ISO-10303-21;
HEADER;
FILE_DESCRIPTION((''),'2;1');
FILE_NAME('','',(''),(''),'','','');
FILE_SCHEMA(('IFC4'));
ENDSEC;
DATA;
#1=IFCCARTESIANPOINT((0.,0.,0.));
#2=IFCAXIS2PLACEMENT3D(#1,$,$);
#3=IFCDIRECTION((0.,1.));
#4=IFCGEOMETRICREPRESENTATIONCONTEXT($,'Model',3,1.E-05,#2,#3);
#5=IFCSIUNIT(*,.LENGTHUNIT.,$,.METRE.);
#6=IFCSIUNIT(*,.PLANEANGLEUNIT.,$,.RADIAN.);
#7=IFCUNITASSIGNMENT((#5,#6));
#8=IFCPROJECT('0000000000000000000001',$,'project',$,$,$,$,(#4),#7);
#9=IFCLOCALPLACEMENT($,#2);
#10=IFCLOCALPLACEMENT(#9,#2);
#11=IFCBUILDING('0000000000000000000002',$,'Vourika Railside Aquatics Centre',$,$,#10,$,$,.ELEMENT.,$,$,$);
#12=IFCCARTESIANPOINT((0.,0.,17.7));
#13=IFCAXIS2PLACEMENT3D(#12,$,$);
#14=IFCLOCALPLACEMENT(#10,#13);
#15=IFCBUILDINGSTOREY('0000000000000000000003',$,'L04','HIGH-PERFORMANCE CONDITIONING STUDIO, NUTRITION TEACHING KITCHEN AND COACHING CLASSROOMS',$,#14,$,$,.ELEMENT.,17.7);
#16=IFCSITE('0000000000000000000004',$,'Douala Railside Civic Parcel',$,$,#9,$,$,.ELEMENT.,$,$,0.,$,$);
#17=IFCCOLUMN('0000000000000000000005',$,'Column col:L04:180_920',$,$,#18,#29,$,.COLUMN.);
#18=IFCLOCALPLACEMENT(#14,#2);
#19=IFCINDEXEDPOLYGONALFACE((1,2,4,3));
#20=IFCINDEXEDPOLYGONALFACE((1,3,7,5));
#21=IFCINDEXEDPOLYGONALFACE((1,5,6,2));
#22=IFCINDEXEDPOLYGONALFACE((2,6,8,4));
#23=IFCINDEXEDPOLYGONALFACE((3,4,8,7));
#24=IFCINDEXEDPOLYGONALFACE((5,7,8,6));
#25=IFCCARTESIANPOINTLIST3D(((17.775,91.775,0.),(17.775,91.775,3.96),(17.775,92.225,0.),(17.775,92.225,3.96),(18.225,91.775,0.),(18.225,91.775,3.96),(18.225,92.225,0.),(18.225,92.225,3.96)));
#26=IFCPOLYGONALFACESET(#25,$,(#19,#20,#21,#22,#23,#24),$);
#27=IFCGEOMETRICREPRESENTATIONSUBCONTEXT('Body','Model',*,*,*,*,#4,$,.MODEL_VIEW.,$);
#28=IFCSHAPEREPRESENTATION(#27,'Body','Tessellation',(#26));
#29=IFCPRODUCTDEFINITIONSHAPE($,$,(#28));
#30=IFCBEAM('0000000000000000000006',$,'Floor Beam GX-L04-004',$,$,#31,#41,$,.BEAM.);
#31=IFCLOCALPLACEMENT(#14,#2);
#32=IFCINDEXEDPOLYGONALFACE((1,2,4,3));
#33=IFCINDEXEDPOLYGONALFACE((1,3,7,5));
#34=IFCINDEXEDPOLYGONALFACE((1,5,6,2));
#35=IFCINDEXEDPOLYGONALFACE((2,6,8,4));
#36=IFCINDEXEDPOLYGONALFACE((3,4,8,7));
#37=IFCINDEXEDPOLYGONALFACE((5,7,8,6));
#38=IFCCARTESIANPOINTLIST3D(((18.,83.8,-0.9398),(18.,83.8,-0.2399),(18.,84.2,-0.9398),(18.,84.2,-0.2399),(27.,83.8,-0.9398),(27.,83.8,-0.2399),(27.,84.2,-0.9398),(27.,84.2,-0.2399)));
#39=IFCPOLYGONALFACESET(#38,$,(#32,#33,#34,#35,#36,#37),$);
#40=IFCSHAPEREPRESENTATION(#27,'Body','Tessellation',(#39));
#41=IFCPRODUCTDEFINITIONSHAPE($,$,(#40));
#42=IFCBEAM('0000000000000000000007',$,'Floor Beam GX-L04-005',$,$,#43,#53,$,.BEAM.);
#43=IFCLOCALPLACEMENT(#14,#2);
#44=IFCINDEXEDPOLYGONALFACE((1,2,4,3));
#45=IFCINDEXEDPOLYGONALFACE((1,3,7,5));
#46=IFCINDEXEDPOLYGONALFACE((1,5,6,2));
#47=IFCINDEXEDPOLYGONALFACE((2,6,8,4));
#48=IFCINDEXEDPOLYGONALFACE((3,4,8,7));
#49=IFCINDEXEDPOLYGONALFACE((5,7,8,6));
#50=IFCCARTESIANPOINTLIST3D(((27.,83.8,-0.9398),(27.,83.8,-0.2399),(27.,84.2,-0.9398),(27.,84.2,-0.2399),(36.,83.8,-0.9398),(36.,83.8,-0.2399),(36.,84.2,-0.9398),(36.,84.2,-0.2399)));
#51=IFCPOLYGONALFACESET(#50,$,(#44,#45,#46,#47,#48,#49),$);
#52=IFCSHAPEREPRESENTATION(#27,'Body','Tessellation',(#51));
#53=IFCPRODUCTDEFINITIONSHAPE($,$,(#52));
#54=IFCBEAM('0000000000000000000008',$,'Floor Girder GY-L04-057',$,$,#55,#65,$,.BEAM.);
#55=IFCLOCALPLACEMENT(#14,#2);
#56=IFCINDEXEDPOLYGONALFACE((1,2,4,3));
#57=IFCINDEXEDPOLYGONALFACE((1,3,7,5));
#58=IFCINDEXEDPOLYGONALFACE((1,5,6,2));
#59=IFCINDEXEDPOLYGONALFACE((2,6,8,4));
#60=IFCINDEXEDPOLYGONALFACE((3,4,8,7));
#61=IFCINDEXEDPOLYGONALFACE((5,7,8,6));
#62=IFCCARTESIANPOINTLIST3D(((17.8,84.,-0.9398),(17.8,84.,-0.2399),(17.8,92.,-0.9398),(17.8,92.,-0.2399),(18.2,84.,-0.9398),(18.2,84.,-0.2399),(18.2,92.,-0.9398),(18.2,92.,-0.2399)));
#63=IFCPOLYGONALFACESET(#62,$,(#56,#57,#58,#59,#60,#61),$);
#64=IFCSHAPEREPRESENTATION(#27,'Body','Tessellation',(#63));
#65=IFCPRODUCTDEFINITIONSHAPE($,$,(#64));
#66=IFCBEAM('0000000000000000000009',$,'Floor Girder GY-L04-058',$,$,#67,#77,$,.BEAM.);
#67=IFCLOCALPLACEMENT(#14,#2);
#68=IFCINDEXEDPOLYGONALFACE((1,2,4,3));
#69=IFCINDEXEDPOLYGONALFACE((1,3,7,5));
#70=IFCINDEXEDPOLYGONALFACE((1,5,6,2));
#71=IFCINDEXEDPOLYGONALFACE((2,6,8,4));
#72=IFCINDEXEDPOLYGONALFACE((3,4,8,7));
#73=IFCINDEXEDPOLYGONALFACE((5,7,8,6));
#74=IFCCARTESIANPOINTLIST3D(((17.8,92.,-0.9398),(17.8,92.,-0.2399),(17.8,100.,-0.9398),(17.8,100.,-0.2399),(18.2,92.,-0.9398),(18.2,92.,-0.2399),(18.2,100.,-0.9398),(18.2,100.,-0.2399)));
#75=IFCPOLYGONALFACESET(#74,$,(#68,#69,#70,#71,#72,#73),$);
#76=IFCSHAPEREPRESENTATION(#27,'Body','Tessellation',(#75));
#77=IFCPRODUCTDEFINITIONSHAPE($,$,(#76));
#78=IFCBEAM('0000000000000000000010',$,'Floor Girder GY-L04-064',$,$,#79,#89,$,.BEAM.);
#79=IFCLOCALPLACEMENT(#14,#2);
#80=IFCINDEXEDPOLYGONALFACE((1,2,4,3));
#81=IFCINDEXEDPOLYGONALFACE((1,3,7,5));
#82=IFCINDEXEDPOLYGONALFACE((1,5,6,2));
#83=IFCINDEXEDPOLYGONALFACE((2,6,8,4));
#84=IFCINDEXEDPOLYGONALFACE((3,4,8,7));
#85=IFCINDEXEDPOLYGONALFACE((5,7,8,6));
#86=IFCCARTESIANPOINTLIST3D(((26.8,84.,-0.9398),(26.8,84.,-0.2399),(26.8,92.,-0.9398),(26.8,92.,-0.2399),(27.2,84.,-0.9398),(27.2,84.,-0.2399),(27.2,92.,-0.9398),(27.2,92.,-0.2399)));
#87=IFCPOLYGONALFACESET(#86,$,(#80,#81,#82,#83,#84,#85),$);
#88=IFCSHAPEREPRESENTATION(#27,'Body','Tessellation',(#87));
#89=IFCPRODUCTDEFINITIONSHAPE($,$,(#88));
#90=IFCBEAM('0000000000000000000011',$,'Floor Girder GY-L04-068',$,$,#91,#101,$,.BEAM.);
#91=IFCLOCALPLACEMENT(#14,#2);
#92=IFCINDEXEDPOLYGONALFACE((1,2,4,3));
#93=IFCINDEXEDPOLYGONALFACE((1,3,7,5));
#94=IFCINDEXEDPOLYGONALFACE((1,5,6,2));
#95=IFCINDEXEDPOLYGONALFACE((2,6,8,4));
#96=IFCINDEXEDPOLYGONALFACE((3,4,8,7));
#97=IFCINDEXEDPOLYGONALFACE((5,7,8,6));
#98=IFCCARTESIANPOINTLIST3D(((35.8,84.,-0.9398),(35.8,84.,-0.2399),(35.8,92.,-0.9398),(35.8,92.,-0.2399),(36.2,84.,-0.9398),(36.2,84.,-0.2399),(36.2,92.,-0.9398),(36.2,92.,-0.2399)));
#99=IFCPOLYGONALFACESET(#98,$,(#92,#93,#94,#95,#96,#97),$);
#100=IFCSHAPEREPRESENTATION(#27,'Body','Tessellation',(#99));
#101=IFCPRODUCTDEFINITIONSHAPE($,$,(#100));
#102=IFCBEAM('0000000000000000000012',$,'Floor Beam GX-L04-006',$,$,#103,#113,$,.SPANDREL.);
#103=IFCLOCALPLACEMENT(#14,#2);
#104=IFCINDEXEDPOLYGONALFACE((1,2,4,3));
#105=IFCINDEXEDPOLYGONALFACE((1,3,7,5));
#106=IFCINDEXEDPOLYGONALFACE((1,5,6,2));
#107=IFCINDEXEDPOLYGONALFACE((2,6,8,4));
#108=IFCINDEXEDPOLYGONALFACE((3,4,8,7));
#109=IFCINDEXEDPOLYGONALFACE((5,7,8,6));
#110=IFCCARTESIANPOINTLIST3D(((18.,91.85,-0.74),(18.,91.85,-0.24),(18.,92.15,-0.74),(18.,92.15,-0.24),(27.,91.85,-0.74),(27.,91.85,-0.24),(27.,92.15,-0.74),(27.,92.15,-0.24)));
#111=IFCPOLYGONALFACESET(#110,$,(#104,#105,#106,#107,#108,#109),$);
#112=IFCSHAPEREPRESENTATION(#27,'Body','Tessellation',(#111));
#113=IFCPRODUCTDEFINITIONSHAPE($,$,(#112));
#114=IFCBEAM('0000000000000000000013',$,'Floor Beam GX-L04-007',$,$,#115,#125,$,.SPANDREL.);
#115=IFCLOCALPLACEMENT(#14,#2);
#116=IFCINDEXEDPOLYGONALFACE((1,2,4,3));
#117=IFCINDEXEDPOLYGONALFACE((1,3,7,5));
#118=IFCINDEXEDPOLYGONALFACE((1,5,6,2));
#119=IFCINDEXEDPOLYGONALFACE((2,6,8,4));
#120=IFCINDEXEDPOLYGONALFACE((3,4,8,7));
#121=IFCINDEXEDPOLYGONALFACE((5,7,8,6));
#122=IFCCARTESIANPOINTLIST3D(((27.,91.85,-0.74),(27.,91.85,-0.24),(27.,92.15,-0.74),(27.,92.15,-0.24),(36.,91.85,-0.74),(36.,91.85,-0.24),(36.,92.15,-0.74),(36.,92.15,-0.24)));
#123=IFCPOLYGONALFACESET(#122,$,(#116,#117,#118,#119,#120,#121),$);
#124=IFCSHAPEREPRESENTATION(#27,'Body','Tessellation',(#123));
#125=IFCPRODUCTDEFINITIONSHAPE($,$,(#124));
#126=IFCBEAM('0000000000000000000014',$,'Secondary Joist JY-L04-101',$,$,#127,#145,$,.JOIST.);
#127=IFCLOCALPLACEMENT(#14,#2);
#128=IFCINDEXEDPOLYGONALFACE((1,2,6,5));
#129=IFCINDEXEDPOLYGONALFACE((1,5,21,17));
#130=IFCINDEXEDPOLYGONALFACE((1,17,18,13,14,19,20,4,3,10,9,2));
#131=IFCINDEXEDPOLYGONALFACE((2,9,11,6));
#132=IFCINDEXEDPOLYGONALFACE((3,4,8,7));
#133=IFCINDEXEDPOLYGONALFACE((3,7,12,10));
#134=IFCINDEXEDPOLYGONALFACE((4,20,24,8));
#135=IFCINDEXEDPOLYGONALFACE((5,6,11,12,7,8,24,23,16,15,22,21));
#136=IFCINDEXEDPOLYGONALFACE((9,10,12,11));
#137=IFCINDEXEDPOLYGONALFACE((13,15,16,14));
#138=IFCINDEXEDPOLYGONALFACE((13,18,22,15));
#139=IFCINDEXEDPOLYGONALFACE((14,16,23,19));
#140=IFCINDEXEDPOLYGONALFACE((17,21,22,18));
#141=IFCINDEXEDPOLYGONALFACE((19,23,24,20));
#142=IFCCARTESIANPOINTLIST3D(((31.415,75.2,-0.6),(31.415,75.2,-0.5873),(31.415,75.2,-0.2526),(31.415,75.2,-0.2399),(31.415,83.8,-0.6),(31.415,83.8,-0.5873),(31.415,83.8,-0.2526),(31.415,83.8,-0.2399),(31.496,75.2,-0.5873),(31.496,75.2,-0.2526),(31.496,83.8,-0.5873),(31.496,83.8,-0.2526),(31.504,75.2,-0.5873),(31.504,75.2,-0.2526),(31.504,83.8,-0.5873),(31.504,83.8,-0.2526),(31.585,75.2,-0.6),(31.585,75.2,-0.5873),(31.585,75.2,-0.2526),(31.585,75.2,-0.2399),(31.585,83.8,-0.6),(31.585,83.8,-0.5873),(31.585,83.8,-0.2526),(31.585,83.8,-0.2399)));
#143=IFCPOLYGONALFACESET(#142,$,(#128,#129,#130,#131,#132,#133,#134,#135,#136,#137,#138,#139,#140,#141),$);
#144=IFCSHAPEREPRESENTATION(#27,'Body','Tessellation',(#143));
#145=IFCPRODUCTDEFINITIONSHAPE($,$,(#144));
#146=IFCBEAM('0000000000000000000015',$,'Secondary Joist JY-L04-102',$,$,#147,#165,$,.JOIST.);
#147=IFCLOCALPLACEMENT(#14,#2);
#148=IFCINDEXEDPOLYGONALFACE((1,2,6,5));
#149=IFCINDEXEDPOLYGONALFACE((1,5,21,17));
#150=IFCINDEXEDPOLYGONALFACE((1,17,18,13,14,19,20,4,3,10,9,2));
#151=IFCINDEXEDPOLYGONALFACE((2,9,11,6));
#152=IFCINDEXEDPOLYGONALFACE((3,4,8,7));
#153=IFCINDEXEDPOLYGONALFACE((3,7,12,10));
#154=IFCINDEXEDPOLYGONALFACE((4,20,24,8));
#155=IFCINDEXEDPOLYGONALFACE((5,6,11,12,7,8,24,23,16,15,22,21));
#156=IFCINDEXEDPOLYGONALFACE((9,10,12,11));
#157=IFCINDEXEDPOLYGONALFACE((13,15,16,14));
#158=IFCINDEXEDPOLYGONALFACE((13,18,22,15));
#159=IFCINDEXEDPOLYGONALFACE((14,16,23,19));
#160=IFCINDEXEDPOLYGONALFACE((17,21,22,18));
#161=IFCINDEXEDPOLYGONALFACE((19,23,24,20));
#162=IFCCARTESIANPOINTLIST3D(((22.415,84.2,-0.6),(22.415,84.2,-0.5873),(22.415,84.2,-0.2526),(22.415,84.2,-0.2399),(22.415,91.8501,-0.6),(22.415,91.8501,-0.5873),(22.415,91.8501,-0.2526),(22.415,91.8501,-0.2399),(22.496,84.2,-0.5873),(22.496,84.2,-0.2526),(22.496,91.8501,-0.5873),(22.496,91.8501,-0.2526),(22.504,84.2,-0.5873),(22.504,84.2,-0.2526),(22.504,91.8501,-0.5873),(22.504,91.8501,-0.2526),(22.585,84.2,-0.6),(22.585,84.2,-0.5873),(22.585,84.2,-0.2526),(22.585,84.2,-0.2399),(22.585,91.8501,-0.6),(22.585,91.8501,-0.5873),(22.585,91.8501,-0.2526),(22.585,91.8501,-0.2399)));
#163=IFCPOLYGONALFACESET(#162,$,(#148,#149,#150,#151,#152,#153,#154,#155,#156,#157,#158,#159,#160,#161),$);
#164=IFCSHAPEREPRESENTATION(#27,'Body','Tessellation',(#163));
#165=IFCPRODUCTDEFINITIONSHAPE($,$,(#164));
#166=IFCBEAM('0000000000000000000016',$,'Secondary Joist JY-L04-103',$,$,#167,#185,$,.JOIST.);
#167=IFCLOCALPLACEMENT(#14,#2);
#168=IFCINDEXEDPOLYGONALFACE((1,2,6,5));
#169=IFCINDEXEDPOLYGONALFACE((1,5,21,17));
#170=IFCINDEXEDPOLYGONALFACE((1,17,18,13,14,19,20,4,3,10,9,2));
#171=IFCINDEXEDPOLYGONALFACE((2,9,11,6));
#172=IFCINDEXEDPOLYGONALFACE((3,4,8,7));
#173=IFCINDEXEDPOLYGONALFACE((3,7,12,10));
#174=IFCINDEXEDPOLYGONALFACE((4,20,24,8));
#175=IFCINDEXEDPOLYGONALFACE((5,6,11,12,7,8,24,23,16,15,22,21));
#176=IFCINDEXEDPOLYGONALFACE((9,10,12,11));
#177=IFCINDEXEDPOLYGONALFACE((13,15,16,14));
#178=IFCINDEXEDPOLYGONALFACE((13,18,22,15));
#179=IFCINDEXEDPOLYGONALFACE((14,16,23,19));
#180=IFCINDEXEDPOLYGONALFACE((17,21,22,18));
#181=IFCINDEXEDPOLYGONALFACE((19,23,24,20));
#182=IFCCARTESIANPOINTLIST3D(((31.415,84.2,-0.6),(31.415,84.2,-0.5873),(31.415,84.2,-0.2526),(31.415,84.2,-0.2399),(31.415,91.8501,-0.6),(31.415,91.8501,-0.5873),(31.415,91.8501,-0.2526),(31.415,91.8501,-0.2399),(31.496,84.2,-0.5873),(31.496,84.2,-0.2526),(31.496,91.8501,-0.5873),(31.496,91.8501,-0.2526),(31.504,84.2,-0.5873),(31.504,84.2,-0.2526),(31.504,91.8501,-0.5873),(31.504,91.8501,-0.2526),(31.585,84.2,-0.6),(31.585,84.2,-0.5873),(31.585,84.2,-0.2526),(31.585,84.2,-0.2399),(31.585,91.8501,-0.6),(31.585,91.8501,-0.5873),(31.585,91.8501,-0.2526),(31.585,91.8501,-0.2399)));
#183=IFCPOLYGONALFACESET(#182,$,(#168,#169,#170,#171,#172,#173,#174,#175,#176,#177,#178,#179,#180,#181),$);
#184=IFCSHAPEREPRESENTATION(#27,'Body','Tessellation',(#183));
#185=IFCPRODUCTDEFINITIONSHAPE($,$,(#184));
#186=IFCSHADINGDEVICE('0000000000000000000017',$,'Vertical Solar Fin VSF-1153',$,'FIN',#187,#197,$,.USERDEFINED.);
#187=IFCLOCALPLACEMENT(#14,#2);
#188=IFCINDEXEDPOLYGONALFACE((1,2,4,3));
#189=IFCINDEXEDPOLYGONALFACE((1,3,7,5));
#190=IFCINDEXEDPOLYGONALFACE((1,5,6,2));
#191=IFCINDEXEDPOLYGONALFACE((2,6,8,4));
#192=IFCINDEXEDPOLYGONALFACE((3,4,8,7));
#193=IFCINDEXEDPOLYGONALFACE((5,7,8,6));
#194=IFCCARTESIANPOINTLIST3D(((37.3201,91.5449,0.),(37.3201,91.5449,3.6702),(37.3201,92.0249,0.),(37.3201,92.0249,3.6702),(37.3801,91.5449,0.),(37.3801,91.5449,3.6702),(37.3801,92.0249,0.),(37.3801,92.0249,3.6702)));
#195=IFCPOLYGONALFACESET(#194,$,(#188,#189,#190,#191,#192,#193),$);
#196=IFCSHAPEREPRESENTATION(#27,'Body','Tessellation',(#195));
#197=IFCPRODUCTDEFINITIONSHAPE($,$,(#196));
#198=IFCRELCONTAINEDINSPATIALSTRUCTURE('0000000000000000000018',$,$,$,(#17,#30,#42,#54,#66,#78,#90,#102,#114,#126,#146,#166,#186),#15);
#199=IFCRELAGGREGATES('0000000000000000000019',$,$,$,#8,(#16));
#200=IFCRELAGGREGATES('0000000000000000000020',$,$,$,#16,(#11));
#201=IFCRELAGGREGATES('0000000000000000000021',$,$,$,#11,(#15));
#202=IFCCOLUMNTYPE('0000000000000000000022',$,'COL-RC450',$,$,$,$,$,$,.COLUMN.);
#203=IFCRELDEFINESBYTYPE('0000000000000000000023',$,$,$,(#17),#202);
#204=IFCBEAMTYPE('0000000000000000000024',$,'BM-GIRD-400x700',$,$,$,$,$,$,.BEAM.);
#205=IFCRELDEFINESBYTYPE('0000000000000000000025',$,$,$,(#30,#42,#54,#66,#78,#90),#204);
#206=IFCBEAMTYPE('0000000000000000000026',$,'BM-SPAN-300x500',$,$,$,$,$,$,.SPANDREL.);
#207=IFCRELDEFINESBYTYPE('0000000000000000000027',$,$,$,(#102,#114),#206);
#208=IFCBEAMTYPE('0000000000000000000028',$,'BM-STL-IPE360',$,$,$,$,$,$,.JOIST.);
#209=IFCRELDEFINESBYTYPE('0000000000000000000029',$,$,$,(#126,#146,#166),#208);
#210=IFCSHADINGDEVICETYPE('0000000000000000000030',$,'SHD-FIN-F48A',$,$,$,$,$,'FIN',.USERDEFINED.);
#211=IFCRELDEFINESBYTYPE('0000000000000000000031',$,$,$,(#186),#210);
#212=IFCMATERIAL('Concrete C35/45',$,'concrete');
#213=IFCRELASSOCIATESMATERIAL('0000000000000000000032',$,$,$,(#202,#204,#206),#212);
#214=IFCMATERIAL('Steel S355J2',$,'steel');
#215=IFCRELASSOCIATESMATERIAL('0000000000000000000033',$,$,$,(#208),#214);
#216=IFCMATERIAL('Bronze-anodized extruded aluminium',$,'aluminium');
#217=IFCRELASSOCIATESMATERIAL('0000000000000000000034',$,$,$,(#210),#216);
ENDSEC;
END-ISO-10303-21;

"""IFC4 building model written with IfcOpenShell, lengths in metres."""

from ifc_helpers import new_model, si_unit, direction, frame, origin, origin_2d, place, context, subcontext, project, spatial, rectangle, i_section, extrude, material, material_profile, profile_set, type_object, element, save


model = new_model("IFC4")

# Units and contexts
model_context = context("Model", 3, precision=1e-05, world=origin(), true_north=direction((0.0, 1.0)))
body_context = subcontext(model_context, "Body", "Model", "MODEL_VIEW")
ifc_project = project(units=[si_unit("LENGTHUNIT", "METRE"), si_unit("PLANEANGLEUNIT", "RADIAN")], contexts=[model_context])

# Site, building, storey
site_placement = place(None, origin())
site = spatial("IfcSite", under=ifc_project, at=site_placement, Name="Douala Railside Civic Parcel", CompositionType="ELEMENT", RefElevation=0.0)
building_placement = place(site_placement, origin())
building = spatial("IfcBuilding", under=site, at=building_placement, Name="Vourika Railside Aquatics Centre", CompositionType="ELEMENT")
storey_placement = place(building_placement, frame((0.0, 0.0, 17.7)))
storey = spatial("IfcBuildingStorey", under=building, at=storey_placement, Name="L04", Description="HIGH-PERFORMANCE CONDITIONING STUDIO, NUTRITION TEACHING KITCHEN AND COACHING CLASSROOMS", CompositionType="ELEMENT", Elevation=17.7)

# Column
ifc_material_1 = material(Name="Concrete C35/45", Category="concrete")
ifc_material_profile_1 = material_profile(ifc_material_1, rectangle(XDim=0.45, YDim=0.45, at=origin_2d()), Name="RC 450x450")
ifc_profile_set_1 = profile_set([ifc_material_profile_1], Name="Concrete C35/45")
column_type = type_object("IfcColumnType", Name="COL-RC450", PredefinedType="COLUMN", material=ifc_profile_set_1)
column_placement = place(storey_placement, frame((18.0, 92.0, 0.0), z_axis=(0.0, 0.0, 1.0), x_axis=(1.0, 0.0, 0.0)))
element("IfcColumn", 1, at=column_placement, inside=storey, type_object=column_type, Name="Column col:L04:180_920", PredefinedType="COLUMN", context=body_context, shape_type="SweptSolid", body=[
    extrude(rectangle(XDim=0.45, YDim=0.45, at=origin_2d()), origin(), (0.0, 0.0, 1.0), 3.96),
])

# Beams
ifc_material_profile_2 = material_profile(ifc_material_1, rectangle(XDim=0.3999, YDim=0.7, at=origin_2d()), Name="RC 400x700")
ifc_profile_set_2 = profile_set([ifc_material_profile_2], Name="Concrete C35/45")
beam_type_1 = type_object("IfcBeamType", Name="BM-GIRD-400x700", PredefinedType="BEAM", material=ifc_profile_set_2)
for number, where, z_axis, x_axis, name in (
    (2, (18.0, 84.0, -0.5898), (1.0, 0.0, 0.0), (0.0, 1.0, 0.0), "Floor Beam GX-L04-004"),
    (3, (27.0, 84.0, -0.5898), (1.0, 0.0, 0.0), (0.0, 1.0, 0.0), "Floor Beam GX-L04-005"),
):
    element("IfcBeam", number, at=place(storey_placement, frame(where, z_axis=z_axis, x_axis=x_axis)), inside=storey, type_object=beam_type_1, Name=name, PredefinedType="BEAM", context=body_context, shape_type="SweptSolid", body=[
        extrude(rectangle(XDim=0.3999, YDim=0.7, at=origin_2d()), origin(), (0.0, 0.0, 1.0), 9.0),
    ])
for number, where, z_axis, x_axis, name in (
    (4, (18.0, 84.0, -0.5898), (0.0, 1.0, 0.0), (-1.0, 0.0, 0.0), "Floor Girder GY-L04-057"),
    (5, (18.0, 92.0, -0.5898), (0.0, 1.0, 0.0), (-1.0, 0.0, 0.0), "Floor Girder GY-L04-058"),
    (6, (27.0, 84.0, -0.5898), (0.0, 1.0, 0.0), (-1.0, 0.0, 0.0), "Floor Girder GY-L04-064"),
    (7, (36.0, 84.0, -0.5898), (0.0, 1.0, 0.0), (-1.0, 0.0, 0.0), "Floor Girder GY-L04-068"),
):
    element("IfcBeam", number, at=place(storey_placement, frame(where, z_axis=z_axis, x_axis=x_axis)), inside=storey, type_object=beam_type_1, Name=name, PredefinedType="BEAM", context=body_context, shape_type="SweptSolid", body=[
        extrude(rectangle(XDim=0.3999, YDim=0.7, at=origin_2d()), origin(), (0.0, 0.0, 1.0), 8.0),
    ])
ifc_material_profile_3 = material_profile(ifc_material_1, rectangle(XDim=0.3, YDim=0.5, at=origin_2d()), Name="RC 300x500")
ifc_profile_set_3 = profile_set([ifc_material_profile_3], Name="Concrete C35/45")
beam_type_2 = type_object("IfcBeamType", Name="BM-SPAN-300x500", PredefinedType="SPANDREL", material=ifc_profile_set_3)
for number, where, z_axis, x_axis, name in (
    (8, (18.0, 92.0, -0.49), (1.0, 0.0, 0.0), (0.0, 1.0, 0.0), "Floor Beam GX-L04-006"),
    (9, (27.0, 92.0, -0.49), (1.0, 0.0, 0.0), (0.0, 1.0, 0.0), "Floor Beam GX-L04-007"),
):
    element("IfcBeam", number, at=place(storey_placement, frame(where, z_axis=z_axis, x_axis=x_axis)), inside=storey, type_object=beam_type_2, Name=name, PredefinedType="SPANDREL", context=body_context, shape_type="SweptSolid", body=[
        extrude(rectangle(XDim=0.3, YDim=0.5, at=origin_2d()), origin(), (0.0, 0.0, 1.0), 9.0),
    ])
ifc_material_2 = material(Name="Steel S355J2", Category="steel")
ifc_material_profile_4 = material_profile(ifc_material_2, i_section(OverallWidth=0.1699, OverallDepth=0.3601, WebThickness=0.0081, FlangeThickness=0.0127, at=origin_2d()), Name="IPE 360")
ifc_profile_set_4 = profile_set([ifc_material_profile_4], Name="Steel S355J2")
beam_type_3 = type_object("IfcBeamType", Name="BM-STL-IPE360", PredefinedType="JOIST", material=ifc_profile_set_4)
beam_placement = place(storey_placement, frame((31.5, 75.2, -0.4199), z_axis=(0.0, 1.0, 0.0), x_axis=(-1.0, 0.0, 0.0)))
element("IfcBeam", 10, at=beam_placement, inside=storey, type_object=beam_type_3, Name="Secondary Joist JY-L04-101", PredefinedType="JOIST", context=body_context, shape_type="SweptSolid", body=[
    extrude(i_section(OverallWidth=0.1699, OverallDepth=0.3601, WebThickness=0.0081, FlangeThickness=0.0127, at=origin_2d()), origin(), (0.0, 0.0, 1.0), 8.6001),
])
for number, where, z_axis, x_axis, name in (
    (11, (22.5, 84.2, -0.4199), (0.0, 1.0, 0.0), (-1.0, 0.0, 0.0), "Secondary Joist JY-L04-102"),
    (12, (31.5, 84.2, -0.4199), (0.0, 1.0, 0.0), (-1.0, 0.0, 0.0), "Secondary Joist JY-L04-103"),
):
    element("IfcBeam", number, at=place(storey_placement, frame(where, z_axis=z_axis, x_axis=x_axis)), inside=storey, type_object=beam_type_3, Name=name, PredefinedType="JOIST", context=body_context, shape_type="SweptSolid", body=[
        extrude(i_section(OverallWidth=0.1699, OverallDepth=0.3601, WebThickness=0.0081, FlangeThickness=0.0127, at=origin_2d()), origin(), (0.0, 0.0, 1.0), 7.6501),
    ])

# Shading device
ifc_material_3 = material(Name="Bronze-anodized extruded aluminium", Category="aluminium")
ifc_material_profile_5 = material_profile(ifc_material_3, rectangle(XDim=0.0601, YDim=0.48, at=origin_2d()), Name="ALU-FIN 60x480")
ifc_profile_set_5 = profile_set([ifc_material_profile_5], Name="Bronze-anodized extruded aluminium")
shading_device_type = type_object("IfcShadingDeviceType", Name="SHD-FIN-F48A", ElementType="FIN", PredefinedType="USERDEFINED", material=ifc_profile_set_5)
for number, where, z_axis, x_axis, name in (
    (13, (37.3501, 91.7849, 0.0), (0.0, 0.0, 1.0), (-1.0, 0.0, 0.0), "Vertical Solar Fin VSF-1153"),
):
    element("IfcShadingDevice", number, at=place(storey_placement, frame(where, z_axis=z_axis, x_axis=x_axis)), inside=storey, type_object=shading_device_type, Name=name, ObjectType="FIN", PredefinedType="USERDEFINED", context=body_context, shape_type="SweptSolid", body=[
        extrude(rectangle(XDim=0.0601, YDim=0.48, at=origin_2d()), origin(), (0.0, 0.0, 1.0), 3.6702),
    ])

save(model, "model.ifc")
